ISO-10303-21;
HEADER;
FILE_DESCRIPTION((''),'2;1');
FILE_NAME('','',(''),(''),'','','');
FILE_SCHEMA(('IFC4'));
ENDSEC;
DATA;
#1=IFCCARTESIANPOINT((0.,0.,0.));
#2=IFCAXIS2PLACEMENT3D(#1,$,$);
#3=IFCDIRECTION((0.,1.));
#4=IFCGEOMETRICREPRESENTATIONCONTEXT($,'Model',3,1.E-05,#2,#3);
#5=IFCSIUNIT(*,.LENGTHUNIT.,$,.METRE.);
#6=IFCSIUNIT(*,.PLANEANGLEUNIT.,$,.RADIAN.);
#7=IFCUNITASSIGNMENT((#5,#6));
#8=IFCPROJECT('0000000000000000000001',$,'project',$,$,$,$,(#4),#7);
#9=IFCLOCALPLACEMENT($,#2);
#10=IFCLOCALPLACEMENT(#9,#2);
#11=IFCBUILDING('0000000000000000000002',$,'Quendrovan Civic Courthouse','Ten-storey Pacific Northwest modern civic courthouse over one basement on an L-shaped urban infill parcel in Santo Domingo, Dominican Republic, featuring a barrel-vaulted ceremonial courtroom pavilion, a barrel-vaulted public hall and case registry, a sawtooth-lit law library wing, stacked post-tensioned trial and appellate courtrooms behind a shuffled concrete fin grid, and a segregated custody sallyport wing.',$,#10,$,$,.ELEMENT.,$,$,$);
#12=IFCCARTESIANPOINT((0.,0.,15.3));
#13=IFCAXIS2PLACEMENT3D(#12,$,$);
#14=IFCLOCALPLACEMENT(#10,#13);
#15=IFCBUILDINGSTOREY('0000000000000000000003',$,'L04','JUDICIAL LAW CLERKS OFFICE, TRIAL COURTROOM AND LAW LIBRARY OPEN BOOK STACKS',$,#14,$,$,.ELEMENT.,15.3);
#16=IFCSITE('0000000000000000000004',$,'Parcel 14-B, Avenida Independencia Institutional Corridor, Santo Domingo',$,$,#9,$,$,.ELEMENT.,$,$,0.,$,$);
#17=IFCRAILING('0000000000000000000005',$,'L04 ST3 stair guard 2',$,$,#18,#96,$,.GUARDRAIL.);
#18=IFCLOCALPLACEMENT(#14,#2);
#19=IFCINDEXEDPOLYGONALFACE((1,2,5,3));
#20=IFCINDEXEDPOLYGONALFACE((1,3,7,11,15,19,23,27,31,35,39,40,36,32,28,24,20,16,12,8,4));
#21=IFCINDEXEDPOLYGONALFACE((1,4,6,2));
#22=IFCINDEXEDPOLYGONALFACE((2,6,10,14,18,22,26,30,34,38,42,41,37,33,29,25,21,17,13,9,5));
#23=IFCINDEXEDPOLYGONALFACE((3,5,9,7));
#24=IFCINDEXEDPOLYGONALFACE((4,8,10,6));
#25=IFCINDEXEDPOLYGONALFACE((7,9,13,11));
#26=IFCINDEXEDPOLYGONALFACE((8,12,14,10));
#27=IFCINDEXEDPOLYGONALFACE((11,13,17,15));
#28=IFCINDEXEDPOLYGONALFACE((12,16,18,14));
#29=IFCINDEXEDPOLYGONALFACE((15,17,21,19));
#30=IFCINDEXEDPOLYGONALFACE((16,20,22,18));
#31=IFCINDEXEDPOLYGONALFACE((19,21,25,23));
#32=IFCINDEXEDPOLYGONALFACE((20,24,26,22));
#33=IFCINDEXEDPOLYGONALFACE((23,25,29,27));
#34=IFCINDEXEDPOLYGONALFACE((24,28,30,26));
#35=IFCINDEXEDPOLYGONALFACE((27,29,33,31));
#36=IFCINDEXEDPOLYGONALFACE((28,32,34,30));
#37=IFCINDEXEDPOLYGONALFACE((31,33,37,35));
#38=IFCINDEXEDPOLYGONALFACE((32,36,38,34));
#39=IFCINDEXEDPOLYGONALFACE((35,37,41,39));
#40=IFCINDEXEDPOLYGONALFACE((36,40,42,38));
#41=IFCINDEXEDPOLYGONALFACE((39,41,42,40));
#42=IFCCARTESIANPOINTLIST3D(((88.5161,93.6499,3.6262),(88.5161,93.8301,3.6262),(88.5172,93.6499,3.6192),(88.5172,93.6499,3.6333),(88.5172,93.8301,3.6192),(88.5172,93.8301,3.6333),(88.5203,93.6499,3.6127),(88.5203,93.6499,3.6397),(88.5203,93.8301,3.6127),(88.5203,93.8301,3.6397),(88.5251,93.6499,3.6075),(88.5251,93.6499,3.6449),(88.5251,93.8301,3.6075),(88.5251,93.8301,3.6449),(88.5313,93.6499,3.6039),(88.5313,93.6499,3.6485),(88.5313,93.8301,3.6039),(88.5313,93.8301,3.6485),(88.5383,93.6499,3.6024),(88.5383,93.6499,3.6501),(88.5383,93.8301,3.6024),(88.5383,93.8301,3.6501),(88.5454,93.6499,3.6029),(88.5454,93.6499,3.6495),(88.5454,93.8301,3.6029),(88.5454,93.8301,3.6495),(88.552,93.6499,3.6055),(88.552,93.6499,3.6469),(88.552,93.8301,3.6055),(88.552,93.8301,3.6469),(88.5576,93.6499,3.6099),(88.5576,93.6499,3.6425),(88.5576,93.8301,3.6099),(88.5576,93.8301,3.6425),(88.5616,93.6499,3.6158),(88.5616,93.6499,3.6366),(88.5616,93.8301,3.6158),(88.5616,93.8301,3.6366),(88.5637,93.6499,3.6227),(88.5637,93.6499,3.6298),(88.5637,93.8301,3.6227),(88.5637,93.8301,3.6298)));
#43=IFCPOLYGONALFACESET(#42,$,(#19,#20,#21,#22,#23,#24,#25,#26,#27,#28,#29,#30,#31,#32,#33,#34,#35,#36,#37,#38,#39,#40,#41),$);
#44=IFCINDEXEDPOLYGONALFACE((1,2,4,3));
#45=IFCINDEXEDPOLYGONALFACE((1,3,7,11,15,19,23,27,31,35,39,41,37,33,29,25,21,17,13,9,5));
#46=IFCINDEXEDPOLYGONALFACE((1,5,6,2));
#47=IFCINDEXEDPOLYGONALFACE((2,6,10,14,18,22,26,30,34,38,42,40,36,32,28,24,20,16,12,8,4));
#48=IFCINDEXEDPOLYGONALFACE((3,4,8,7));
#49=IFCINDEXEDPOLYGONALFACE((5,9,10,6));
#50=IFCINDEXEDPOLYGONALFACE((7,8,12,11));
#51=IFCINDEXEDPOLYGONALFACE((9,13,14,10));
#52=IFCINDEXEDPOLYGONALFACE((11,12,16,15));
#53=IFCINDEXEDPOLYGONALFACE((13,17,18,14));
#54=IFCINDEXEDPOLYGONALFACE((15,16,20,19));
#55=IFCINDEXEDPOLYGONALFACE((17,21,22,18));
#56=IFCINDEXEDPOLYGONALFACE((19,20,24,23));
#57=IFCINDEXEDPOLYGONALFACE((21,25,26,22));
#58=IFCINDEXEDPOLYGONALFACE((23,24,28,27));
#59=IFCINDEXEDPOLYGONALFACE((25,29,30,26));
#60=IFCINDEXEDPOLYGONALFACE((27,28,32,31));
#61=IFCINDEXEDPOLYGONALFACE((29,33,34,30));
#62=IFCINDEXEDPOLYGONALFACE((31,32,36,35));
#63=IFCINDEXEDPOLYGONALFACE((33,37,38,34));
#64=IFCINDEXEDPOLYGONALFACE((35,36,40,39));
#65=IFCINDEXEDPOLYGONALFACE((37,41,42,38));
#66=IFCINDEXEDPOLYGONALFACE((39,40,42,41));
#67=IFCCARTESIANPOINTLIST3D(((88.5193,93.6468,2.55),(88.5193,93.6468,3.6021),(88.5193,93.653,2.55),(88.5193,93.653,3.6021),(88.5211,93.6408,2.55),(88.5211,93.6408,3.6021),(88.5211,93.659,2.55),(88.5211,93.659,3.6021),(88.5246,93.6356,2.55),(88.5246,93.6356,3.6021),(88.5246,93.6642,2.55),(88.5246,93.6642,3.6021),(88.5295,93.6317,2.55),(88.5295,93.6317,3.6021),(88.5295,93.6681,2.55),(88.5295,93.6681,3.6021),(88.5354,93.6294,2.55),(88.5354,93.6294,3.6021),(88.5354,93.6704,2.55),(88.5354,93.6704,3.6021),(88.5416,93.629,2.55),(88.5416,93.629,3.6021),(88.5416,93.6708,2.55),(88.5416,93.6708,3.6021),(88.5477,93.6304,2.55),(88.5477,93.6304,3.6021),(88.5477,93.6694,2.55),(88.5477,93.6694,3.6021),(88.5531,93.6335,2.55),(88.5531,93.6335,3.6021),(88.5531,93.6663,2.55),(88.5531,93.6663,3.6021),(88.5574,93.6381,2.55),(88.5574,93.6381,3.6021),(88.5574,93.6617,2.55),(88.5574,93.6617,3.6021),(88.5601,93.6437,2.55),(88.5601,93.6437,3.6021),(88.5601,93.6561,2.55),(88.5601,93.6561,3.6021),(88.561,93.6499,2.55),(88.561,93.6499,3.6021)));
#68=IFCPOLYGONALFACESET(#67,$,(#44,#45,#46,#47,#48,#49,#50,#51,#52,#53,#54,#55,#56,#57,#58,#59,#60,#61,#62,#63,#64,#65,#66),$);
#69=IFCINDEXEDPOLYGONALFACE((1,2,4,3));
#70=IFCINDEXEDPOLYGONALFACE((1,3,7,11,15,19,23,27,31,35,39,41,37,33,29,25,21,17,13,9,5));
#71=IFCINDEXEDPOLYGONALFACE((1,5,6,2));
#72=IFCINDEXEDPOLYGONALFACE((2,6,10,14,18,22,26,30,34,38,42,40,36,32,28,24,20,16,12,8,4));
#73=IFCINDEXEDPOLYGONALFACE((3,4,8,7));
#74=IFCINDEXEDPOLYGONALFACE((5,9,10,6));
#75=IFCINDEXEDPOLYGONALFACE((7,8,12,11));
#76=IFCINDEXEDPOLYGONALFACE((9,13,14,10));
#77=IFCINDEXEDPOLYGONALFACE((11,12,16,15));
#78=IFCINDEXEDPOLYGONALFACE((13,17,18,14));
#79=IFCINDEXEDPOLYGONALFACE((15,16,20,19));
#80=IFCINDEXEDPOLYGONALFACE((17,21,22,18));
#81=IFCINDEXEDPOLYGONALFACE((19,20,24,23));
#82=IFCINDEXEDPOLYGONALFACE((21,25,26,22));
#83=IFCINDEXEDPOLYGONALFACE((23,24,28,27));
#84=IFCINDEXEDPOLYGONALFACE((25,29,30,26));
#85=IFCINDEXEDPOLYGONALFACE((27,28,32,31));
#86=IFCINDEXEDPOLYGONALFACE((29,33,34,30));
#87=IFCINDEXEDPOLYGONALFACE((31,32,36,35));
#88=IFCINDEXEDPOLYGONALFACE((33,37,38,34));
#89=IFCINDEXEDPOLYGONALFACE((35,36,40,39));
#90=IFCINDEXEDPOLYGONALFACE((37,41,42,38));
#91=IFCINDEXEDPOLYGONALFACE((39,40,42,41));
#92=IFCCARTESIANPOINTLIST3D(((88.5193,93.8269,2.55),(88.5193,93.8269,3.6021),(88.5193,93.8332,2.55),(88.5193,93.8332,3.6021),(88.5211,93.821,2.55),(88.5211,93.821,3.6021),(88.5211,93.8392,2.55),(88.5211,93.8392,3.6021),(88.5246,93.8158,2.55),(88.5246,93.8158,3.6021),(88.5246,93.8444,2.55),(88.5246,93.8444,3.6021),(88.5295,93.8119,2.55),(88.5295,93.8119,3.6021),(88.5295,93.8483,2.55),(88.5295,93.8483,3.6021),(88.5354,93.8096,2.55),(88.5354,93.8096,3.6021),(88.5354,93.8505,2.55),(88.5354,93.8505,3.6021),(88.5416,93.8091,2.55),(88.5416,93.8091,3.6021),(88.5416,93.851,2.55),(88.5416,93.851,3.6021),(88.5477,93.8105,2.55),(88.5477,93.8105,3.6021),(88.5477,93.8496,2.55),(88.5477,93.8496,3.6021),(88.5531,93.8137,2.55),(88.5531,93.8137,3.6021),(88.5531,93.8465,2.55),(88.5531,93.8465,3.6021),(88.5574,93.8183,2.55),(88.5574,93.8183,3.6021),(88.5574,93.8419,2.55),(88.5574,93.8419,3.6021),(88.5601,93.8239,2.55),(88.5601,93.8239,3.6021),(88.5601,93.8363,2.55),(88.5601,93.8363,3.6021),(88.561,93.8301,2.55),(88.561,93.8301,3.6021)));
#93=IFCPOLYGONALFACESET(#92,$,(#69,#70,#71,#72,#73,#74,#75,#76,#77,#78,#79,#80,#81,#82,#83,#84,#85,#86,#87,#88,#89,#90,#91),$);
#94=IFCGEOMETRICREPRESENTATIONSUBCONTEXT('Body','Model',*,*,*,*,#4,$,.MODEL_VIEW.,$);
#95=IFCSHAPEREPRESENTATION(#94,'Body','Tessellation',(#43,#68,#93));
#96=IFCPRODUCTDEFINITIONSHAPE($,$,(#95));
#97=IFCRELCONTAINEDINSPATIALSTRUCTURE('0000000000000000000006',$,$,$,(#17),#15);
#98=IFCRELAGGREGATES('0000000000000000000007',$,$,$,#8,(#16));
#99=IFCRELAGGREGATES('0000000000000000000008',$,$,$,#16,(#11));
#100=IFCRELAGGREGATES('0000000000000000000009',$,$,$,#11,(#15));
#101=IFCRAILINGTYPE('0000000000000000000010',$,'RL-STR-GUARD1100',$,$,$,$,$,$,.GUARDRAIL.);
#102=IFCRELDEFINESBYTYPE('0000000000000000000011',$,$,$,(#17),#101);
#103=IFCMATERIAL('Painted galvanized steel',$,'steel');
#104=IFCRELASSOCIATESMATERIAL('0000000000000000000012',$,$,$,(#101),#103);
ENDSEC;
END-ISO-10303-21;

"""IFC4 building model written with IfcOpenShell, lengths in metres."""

from ifc_helpers import new_model, si_unit, direction, frame, origin, origin_2d, place, context, subcontext, project, spatial, circle, extrude, material, type_object, element, save


model = new_model("IFC4")

# Units and contexts
model_context = context("Model", 3, precision=1e-05, world=origin(), true_north=direction((0.0, 1.0)))
body_context = subcontext(model_context, "Body", "Model", "MODEL_VIEW")
ifc_project = project(units=[si_unit("LENGTHUNIT", "METRE"), si_unit("PLANEANGLEUNIT", "RADIAN")], contexts=[model_context])

# Site, building, storey
site_placement = place(None, origin())
site = spatial("IfcSite", under=ifc_project, at=site_placement, Name="Parcel 14-B, Avenida Independencia Institutional Corridor, Santo Domingo", CompositionType="ELEMENT", RefElevation=0.0)
building_placement = place(site_placement, origin())
building = spatial("IfcBuilding", under=site, at=building_placement, Name="Quendrovan Civic Courthouse", Description="Ten-storey Pacific Northwest modern civic courthouse over one basement on an L-shaped urban infill parcel in Santo Domingo, Dominican Republic, featuring a barrel-vaulted ceremonial courtroom pavilion, a barrel-vaulted public hall and case registry, a sawtooth-lit law library wing, stacked post-tensioned trial and appellate courtrooms behind a shuffled concrete fin grid, and a segregated custody sallyport wing.", CompositionType="ELEMENT")
storey_placement = place(building_placement, frame((0.0, 0.0, 15.3)))
storey = spatial("IfcBuildingStorey", under=building, at=storey_placement, Name="L04", Description="JUDICIAL LAW CLERKS OFFICE, TRIAL COURTROOM AND LAW LIBRARY OPEN BOOK STACKS", CompositionType="ELEMENT", Elevation=15.3)

# Railing
ifc_material_1 = material(Name="Painted galvanized steel", Category="steel")
railing_type_1 = type_object("IfcRailingType", Name="RL-STR-GUARD1100", PredefinedType="GUARDRAIL", material=ifc_material_1)
railing_1_placement = place(storey_placement, frame((88.54, 93.6499, 2.55)))
element("IfcRailing", 1, at=railing_1_placement, inside=storey, type_object=railing_type_1, Name="L04 ST3 stair guard 2", PredefinedType="GUARDRAIL", context=body_context, shape_type="SweptSolid", body=[
    extrude(circle(Radius=0.0239, at=origin_2d()), frame((0.0, 0.0, 1.0762), z_axis=(0.0, 1.0, 0.0), x_axis=(-1.0, 0.0, 0.0)), (0.0, 0.0, 1.0), 0.1802),
    extrude(circle(Radius=0.021, at=origin_2d()), origin(), (0.0, 0.0, 1.0), 1.052),
    extrude(circle(Radius=0.021, at=origin_2d()), frame((0.0, 0.1802, 0.0)), (0.0, 0.0, 1.0), 1.052),
])

save(model, "model.ifc")
